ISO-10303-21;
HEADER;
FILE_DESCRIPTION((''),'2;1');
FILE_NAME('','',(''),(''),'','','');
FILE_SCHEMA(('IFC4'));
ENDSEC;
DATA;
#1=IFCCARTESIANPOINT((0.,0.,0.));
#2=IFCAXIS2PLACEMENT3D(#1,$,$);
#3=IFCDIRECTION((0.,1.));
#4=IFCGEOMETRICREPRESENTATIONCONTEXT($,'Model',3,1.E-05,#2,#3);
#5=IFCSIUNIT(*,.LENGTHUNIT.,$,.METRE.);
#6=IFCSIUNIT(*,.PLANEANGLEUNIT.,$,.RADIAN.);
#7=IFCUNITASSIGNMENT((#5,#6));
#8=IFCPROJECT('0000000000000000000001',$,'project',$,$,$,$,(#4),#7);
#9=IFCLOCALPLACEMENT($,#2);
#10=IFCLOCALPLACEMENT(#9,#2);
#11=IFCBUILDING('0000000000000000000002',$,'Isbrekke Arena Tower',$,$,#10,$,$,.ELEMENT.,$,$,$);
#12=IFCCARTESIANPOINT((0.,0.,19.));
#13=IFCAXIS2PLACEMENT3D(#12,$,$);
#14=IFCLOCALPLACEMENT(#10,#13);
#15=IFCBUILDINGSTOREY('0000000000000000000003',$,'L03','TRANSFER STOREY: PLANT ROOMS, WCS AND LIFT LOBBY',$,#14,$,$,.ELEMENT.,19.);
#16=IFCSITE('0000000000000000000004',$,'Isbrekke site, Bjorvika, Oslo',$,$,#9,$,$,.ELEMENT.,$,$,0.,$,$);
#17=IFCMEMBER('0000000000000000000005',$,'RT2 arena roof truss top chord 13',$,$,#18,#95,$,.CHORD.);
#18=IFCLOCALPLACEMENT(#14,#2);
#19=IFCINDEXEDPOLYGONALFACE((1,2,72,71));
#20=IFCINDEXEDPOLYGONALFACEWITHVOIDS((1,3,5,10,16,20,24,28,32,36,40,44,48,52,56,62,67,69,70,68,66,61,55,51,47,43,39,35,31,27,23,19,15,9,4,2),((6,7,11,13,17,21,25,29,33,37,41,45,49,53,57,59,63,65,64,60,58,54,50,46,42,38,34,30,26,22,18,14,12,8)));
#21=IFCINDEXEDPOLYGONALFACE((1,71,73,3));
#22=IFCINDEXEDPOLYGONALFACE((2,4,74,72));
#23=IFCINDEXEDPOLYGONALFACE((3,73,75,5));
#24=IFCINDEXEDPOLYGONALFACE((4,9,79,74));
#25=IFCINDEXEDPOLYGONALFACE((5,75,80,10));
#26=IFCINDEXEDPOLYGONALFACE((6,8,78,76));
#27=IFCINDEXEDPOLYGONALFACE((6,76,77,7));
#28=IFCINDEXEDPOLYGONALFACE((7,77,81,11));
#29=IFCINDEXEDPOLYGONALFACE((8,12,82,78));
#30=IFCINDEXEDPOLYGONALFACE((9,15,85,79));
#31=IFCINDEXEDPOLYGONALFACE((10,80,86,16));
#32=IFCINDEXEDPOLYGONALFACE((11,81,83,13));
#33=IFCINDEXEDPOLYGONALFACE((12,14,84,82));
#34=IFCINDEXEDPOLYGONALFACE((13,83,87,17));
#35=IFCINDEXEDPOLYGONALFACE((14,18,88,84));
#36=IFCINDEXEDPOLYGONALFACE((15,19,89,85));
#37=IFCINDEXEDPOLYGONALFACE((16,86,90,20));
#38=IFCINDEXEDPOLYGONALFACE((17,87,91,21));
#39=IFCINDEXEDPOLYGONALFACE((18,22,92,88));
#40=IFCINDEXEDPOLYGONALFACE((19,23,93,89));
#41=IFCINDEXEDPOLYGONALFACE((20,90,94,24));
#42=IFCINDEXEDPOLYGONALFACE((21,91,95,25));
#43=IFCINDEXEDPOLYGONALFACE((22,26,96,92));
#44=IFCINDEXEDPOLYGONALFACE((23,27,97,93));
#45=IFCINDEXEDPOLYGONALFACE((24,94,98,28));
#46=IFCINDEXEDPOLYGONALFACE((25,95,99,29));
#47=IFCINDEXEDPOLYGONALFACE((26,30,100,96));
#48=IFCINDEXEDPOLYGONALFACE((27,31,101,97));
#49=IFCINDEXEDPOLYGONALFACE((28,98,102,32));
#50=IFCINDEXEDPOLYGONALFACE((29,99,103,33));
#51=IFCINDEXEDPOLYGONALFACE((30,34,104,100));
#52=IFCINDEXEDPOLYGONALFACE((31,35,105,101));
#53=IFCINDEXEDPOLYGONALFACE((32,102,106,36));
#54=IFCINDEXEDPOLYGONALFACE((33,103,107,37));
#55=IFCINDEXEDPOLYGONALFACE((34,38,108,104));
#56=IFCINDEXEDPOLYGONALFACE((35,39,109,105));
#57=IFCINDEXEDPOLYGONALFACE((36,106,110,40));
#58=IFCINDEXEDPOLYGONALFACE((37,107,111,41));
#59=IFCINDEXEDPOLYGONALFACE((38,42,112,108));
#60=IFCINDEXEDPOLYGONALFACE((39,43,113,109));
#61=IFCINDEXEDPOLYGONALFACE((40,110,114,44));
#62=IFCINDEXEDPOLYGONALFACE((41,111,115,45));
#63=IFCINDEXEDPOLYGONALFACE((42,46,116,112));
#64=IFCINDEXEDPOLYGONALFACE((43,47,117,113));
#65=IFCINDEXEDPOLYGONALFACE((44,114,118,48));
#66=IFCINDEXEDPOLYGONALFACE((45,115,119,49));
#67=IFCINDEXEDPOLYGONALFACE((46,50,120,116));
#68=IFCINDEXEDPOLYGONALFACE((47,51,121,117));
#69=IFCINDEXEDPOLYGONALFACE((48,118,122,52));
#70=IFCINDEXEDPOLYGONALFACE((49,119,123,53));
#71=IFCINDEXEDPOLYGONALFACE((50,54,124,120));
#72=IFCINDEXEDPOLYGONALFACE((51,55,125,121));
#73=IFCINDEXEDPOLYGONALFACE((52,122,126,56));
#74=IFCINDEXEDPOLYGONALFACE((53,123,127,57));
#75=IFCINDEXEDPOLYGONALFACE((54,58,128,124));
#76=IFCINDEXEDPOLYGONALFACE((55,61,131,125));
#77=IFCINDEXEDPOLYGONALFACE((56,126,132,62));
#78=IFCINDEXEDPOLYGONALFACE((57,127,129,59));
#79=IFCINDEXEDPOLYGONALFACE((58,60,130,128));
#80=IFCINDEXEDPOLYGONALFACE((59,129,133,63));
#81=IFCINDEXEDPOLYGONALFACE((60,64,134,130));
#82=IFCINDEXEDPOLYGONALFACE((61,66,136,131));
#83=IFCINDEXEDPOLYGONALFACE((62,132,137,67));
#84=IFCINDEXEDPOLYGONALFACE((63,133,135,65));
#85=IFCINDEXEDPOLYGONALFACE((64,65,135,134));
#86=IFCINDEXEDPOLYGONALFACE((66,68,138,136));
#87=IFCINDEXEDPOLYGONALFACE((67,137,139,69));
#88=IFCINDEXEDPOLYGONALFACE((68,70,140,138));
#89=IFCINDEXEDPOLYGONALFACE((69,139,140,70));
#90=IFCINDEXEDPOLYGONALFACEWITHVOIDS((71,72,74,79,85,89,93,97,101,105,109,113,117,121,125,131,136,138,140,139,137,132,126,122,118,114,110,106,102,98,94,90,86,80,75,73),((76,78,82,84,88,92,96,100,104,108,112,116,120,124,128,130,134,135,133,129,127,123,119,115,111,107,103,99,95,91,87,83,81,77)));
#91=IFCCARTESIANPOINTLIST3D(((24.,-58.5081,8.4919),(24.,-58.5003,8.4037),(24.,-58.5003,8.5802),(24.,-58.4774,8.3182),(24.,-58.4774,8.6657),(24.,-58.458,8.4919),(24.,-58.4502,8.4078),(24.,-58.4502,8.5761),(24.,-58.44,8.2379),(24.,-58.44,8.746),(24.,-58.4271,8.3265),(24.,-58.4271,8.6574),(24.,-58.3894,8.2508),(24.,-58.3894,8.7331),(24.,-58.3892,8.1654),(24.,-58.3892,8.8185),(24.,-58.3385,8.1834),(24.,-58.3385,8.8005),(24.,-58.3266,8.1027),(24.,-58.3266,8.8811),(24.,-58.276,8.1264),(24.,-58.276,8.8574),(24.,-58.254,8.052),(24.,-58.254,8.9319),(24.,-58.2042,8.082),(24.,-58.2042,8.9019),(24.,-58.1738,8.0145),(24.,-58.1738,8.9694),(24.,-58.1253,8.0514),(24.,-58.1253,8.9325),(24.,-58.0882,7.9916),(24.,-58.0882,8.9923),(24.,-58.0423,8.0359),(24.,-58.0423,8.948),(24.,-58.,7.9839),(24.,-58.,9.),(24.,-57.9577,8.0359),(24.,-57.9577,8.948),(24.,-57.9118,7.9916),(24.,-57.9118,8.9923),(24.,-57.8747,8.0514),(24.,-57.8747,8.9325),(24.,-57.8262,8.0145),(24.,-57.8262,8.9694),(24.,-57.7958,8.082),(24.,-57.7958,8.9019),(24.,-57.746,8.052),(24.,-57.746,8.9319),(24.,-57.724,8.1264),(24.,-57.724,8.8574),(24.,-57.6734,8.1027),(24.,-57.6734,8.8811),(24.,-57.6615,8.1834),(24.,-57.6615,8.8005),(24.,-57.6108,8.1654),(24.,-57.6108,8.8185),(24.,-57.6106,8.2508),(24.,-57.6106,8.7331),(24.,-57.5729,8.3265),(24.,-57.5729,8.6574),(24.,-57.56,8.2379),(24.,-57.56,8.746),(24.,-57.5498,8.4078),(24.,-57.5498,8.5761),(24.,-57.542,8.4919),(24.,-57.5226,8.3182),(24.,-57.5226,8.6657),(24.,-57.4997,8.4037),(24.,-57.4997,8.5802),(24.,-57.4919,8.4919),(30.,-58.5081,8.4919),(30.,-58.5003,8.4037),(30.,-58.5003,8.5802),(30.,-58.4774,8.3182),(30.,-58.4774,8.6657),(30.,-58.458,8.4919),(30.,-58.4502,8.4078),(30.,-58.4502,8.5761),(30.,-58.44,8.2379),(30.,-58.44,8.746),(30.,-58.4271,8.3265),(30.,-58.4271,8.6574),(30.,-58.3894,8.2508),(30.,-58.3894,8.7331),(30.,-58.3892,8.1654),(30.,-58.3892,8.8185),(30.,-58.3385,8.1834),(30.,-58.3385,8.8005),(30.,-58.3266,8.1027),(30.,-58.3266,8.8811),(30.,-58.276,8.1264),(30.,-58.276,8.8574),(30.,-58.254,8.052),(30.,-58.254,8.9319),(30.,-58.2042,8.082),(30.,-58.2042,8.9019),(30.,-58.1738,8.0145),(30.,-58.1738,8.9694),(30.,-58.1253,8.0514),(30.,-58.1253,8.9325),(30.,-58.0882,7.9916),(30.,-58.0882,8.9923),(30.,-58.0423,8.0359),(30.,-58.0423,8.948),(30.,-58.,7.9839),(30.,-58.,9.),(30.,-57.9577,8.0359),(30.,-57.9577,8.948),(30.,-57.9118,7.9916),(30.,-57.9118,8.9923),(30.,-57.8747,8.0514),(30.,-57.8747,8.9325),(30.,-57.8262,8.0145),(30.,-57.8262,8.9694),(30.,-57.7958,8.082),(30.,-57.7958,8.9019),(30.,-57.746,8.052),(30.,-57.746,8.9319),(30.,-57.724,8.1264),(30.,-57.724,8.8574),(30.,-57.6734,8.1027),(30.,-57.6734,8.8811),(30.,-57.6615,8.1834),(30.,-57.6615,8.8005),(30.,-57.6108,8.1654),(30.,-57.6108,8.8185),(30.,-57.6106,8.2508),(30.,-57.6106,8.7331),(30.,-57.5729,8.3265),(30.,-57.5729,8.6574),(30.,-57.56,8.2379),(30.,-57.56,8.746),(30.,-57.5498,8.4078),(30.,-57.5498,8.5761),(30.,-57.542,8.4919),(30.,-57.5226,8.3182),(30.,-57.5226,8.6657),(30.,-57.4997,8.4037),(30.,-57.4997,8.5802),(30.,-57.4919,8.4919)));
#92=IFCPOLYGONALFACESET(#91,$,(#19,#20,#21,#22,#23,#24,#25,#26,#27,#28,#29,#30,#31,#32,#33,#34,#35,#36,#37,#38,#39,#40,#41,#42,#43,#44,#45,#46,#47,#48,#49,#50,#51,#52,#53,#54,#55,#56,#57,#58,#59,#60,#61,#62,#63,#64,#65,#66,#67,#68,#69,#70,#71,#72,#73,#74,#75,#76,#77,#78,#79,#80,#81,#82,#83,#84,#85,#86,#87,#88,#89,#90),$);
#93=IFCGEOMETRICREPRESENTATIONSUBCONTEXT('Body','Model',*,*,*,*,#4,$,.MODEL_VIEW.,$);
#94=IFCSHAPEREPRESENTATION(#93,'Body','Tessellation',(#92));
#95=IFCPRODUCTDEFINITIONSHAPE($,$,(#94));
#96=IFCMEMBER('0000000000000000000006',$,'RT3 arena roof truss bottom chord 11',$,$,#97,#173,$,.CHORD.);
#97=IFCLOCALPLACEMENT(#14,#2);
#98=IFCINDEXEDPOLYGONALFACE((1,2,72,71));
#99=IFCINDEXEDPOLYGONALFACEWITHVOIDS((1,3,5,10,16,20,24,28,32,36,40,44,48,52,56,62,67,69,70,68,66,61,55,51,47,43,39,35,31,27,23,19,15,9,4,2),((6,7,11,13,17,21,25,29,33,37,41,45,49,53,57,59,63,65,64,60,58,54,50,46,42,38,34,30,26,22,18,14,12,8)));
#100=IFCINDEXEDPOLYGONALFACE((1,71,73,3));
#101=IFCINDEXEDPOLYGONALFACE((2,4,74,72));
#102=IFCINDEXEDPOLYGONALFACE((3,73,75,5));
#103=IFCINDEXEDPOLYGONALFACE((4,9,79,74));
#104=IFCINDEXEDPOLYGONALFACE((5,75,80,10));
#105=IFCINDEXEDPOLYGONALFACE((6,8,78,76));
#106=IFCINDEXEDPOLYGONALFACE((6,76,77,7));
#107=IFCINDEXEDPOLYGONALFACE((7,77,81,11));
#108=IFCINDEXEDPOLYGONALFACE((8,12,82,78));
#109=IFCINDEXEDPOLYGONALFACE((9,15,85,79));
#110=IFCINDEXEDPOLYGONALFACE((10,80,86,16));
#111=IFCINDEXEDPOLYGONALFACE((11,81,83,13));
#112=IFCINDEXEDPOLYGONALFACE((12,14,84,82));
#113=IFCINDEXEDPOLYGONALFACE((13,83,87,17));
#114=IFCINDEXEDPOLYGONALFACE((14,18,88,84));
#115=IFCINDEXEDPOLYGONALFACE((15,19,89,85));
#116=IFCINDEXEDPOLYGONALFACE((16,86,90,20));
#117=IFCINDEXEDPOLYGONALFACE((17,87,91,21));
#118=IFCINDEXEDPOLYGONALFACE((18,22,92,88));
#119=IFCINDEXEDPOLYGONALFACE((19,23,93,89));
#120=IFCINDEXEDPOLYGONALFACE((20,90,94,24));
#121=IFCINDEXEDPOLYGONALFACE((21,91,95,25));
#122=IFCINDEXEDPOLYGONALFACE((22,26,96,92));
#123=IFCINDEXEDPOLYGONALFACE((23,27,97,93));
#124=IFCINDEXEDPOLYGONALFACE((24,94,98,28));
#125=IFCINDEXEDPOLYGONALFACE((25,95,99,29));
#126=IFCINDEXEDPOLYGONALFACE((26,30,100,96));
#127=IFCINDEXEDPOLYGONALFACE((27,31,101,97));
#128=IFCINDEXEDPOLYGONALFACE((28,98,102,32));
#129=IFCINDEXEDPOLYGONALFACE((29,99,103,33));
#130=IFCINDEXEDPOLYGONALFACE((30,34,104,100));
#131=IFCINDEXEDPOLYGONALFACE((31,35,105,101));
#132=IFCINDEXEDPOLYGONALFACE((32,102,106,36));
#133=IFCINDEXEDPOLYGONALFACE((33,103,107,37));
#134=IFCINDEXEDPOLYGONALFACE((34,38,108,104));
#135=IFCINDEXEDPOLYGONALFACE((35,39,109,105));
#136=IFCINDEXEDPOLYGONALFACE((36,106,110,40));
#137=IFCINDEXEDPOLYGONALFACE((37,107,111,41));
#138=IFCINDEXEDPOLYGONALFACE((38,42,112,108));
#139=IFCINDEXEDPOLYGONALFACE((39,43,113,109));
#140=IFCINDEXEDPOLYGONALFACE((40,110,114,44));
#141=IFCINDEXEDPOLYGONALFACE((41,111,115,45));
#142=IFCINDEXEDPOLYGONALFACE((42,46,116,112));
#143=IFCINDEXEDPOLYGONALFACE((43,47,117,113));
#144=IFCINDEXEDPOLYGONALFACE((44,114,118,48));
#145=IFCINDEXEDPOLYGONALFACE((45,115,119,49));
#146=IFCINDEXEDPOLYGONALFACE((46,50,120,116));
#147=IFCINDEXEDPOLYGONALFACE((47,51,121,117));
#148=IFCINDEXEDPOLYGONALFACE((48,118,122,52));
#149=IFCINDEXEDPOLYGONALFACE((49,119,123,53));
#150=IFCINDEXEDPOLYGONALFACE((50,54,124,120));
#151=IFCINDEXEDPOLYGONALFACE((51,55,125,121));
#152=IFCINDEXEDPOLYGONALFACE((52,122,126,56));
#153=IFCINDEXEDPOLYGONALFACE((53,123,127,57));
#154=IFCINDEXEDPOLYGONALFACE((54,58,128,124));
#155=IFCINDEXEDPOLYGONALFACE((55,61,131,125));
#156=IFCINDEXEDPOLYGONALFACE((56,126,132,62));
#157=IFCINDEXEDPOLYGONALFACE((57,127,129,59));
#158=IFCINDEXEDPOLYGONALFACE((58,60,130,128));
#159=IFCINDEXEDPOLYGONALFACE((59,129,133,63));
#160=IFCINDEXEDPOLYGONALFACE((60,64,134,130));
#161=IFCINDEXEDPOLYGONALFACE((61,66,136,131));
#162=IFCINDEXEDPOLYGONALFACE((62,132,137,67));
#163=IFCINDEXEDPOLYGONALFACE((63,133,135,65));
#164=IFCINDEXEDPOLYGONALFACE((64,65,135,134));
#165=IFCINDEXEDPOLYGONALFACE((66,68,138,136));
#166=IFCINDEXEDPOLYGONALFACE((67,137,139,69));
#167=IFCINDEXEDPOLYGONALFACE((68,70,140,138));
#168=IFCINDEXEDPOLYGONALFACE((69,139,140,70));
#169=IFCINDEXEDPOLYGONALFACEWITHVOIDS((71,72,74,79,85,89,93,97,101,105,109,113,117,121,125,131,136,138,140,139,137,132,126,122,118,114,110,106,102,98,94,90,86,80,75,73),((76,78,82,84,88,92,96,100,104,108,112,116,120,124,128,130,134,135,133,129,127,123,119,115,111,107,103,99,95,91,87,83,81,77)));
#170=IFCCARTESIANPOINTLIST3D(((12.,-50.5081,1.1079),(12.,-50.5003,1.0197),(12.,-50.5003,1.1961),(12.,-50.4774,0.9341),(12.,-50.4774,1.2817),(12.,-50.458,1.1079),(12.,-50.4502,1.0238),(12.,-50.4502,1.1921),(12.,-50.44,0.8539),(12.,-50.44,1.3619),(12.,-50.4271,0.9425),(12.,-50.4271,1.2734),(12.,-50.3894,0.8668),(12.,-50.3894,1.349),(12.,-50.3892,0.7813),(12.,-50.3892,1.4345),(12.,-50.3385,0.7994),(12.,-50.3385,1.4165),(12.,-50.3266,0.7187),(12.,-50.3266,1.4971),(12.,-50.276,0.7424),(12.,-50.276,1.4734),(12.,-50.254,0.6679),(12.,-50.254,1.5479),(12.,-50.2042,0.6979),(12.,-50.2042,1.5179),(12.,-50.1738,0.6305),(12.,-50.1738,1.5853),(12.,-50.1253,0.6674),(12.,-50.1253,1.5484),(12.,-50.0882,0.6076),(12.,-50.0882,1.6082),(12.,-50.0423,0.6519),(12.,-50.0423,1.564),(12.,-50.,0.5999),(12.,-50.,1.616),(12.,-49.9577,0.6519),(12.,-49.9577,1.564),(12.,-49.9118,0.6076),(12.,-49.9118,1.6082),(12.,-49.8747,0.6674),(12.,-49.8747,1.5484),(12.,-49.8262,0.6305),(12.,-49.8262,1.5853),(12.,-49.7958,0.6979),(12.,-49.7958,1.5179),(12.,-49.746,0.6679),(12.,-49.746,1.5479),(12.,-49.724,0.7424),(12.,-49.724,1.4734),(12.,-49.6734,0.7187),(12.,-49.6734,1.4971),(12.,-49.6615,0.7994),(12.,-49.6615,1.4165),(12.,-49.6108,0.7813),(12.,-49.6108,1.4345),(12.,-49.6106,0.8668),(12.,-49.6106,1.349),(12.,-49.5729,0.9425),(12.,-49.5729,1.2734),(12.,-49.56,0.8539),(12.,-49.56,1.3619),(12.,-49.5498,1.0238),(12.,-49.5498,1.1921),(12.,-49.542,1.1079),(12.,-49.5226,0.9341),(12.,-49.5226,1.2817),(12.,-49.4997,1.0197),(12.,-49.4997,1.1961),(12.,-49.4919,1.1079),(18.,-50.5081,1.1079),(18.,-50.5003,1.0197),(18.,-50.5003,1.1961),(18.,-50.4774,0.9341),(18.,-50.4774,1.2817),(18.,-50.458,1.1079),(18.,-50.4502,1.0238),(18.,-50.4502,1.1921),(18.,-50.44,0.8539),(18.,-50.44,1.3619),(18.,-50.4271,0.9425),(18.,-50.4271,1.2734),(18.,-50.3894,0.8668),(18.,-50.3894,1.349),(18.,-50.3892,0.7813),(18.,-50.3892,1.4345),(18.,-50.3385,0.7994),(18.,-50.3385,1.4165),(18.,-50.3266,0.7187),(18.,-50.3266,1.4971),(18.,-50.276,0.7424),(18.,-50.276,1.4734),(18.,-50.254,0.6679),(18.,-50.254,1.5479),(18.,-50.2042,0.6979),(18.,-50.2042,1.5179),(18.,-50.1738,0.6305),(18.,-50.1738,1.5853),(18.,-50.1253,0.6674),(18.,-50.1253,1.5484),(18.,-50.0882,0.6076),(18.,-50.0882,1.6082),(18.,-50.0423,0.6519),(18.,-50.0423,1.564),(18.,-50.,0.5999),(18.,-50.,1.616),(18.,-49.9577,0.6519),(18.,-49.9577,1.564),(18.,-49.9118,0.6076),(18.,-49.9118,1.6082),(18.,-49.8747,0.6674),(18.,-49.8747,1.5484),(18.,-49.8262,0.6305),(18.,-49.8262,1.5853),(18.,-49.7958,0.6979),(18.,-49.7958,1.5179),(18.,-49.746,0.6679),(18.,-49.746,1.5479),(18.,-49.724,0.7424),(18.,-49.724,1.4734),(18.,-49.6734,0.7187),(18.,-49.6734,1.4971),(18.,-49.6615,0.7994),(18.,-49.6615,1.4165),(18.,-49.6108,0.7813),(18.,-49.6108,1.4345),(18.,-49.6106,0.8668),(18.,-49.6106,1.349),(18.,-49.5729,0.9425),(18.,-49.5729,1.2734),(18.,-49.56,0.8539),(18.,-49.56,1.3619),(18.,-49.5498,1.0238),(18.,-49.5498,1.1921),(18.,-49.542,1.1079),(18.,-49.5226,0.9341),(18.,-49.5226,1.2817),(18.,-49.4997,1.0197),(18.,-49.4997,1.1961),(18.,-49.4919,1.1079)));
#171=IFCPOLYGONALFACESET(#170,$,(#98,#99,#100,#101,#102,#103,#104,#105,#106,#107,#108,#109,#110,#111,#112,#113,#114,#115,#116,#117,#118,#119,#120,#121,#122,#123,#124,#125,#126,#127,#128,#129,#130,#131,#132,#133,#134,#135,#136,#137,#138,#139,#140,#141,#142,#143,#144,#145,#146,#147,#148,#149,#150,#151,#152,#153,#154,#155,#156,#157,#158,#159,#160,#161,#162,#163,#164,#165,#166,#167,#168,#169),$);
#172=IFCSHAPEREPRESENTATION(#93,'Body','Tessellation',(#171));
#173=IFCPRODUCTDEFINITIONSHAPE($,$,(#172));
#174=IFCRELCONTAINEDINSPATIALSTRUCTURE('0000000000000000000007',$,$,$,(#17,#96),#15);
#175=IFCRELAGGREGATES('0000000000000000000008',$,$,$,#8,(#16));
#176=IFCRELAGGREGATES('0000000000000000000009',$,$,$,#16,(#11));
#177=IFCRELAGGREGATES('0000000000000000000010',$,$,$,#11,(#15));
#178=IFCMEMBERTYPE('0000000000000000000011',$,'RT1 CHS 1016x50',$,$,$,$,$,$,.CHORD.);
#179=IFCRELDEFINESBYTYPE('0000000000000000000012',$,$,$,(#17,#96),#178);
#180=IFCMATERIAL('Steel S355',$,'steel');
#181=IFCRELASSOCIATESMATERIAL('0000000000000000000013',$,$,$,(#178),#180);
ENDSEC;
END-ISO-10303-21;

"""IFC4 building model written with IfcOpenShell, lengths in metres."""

from ifc_helpers import new_model, si_unit, direction, frame, origin, origin_2d, place, context, subcontext, project, spatial, hollow_circle, extrude, material, material_profile, profile_set, type_object, element, save


model = new_model("IFC4")

# Units and contexts
model_context = context("Model", 3, precision=1e-05, world=origin(), true_north=direction((0.0, 1.0)))
body_context = subcontext(model_context, "Body", "Model", "MODEL_VIEW")
ifc_project = project(units=[si_unit("LENGTHUNIT", "METRE"), si_unit("PLANEANGLEUNIT", "RADIAN")], contexts=[model_context])

# Site, building, storey
site_placement = place(None, origin())
site = spatial("IfcSite", under=ifc_project, at=site_placement, Name="Isbrekke site, Bjorvika, Oslo", CompositionType="ELEMENT", RefElevation=0.0)
building_placement = place(site_placement, origin())
building = spatial("IfcBuilding", under=site, at=building_placement, Name="Isbrekke Arena Tower", CompositionType="ELEMENT")
storey_placement = place(building_placement, frame((0.0, 0.0, 19.0)))
storey = spatial("IfcBuildingStorey", under=building, at=storey_placement, Name="L03", Description="TRANSFER STOREY: PLANT ROOMS, WCS AND LIFT LOBBY", CompositionType="ELEMENT", Elevation=19.0)

# Members
ifc_material_1 = material(Name="Steel S355", Category="steel")
ifc_material_profile_1 = material_profile(ifc_material_1, hollow_circle(Radius=0.5081, WallThickness=0.05, at=origin_2d()), Name="CHS 1016x50")
ifc_profile_set_1 = profile_set([ifc_material_profile_1], Name="Steel S355")
member_type_1 = type_object("IfcMemberType", Name="RT1 CHS 1016x50", PredefinedType="CHORD", material=ifc_profile_set_1)
for number, where, z_axis, x_axis, name in (
    (1, (24.0, -58.0, 8.4919), (1.0, 0.0, 0.0), (0.0, 1.0, 0.0), "RT2 arena roof truss top chord 13"),
    (2, (12.0, -50.0, 1.1079), (1.0, 0.0, 0.0), (0.0, 1.0, 0.0), "RT3 arena roof truss bottom chord 11"),
):
    element("IfcMember", number, at=place(storey_placement, frame(where, z_axis=z_axis, x_axis=x_axis)), inside=storey, type_object=member_type_1, Name=name, PredefinedType="CHORD", context=body_context, shape_type="SweptSolid", body=[
        extrude(hollow_circle(Radius=0.5081, WallThickness=0.05, at=origin_2d()), origin(), (0.0, 0.0, 1.0), 6.0),
    ])

save(model, "model.ifc")
